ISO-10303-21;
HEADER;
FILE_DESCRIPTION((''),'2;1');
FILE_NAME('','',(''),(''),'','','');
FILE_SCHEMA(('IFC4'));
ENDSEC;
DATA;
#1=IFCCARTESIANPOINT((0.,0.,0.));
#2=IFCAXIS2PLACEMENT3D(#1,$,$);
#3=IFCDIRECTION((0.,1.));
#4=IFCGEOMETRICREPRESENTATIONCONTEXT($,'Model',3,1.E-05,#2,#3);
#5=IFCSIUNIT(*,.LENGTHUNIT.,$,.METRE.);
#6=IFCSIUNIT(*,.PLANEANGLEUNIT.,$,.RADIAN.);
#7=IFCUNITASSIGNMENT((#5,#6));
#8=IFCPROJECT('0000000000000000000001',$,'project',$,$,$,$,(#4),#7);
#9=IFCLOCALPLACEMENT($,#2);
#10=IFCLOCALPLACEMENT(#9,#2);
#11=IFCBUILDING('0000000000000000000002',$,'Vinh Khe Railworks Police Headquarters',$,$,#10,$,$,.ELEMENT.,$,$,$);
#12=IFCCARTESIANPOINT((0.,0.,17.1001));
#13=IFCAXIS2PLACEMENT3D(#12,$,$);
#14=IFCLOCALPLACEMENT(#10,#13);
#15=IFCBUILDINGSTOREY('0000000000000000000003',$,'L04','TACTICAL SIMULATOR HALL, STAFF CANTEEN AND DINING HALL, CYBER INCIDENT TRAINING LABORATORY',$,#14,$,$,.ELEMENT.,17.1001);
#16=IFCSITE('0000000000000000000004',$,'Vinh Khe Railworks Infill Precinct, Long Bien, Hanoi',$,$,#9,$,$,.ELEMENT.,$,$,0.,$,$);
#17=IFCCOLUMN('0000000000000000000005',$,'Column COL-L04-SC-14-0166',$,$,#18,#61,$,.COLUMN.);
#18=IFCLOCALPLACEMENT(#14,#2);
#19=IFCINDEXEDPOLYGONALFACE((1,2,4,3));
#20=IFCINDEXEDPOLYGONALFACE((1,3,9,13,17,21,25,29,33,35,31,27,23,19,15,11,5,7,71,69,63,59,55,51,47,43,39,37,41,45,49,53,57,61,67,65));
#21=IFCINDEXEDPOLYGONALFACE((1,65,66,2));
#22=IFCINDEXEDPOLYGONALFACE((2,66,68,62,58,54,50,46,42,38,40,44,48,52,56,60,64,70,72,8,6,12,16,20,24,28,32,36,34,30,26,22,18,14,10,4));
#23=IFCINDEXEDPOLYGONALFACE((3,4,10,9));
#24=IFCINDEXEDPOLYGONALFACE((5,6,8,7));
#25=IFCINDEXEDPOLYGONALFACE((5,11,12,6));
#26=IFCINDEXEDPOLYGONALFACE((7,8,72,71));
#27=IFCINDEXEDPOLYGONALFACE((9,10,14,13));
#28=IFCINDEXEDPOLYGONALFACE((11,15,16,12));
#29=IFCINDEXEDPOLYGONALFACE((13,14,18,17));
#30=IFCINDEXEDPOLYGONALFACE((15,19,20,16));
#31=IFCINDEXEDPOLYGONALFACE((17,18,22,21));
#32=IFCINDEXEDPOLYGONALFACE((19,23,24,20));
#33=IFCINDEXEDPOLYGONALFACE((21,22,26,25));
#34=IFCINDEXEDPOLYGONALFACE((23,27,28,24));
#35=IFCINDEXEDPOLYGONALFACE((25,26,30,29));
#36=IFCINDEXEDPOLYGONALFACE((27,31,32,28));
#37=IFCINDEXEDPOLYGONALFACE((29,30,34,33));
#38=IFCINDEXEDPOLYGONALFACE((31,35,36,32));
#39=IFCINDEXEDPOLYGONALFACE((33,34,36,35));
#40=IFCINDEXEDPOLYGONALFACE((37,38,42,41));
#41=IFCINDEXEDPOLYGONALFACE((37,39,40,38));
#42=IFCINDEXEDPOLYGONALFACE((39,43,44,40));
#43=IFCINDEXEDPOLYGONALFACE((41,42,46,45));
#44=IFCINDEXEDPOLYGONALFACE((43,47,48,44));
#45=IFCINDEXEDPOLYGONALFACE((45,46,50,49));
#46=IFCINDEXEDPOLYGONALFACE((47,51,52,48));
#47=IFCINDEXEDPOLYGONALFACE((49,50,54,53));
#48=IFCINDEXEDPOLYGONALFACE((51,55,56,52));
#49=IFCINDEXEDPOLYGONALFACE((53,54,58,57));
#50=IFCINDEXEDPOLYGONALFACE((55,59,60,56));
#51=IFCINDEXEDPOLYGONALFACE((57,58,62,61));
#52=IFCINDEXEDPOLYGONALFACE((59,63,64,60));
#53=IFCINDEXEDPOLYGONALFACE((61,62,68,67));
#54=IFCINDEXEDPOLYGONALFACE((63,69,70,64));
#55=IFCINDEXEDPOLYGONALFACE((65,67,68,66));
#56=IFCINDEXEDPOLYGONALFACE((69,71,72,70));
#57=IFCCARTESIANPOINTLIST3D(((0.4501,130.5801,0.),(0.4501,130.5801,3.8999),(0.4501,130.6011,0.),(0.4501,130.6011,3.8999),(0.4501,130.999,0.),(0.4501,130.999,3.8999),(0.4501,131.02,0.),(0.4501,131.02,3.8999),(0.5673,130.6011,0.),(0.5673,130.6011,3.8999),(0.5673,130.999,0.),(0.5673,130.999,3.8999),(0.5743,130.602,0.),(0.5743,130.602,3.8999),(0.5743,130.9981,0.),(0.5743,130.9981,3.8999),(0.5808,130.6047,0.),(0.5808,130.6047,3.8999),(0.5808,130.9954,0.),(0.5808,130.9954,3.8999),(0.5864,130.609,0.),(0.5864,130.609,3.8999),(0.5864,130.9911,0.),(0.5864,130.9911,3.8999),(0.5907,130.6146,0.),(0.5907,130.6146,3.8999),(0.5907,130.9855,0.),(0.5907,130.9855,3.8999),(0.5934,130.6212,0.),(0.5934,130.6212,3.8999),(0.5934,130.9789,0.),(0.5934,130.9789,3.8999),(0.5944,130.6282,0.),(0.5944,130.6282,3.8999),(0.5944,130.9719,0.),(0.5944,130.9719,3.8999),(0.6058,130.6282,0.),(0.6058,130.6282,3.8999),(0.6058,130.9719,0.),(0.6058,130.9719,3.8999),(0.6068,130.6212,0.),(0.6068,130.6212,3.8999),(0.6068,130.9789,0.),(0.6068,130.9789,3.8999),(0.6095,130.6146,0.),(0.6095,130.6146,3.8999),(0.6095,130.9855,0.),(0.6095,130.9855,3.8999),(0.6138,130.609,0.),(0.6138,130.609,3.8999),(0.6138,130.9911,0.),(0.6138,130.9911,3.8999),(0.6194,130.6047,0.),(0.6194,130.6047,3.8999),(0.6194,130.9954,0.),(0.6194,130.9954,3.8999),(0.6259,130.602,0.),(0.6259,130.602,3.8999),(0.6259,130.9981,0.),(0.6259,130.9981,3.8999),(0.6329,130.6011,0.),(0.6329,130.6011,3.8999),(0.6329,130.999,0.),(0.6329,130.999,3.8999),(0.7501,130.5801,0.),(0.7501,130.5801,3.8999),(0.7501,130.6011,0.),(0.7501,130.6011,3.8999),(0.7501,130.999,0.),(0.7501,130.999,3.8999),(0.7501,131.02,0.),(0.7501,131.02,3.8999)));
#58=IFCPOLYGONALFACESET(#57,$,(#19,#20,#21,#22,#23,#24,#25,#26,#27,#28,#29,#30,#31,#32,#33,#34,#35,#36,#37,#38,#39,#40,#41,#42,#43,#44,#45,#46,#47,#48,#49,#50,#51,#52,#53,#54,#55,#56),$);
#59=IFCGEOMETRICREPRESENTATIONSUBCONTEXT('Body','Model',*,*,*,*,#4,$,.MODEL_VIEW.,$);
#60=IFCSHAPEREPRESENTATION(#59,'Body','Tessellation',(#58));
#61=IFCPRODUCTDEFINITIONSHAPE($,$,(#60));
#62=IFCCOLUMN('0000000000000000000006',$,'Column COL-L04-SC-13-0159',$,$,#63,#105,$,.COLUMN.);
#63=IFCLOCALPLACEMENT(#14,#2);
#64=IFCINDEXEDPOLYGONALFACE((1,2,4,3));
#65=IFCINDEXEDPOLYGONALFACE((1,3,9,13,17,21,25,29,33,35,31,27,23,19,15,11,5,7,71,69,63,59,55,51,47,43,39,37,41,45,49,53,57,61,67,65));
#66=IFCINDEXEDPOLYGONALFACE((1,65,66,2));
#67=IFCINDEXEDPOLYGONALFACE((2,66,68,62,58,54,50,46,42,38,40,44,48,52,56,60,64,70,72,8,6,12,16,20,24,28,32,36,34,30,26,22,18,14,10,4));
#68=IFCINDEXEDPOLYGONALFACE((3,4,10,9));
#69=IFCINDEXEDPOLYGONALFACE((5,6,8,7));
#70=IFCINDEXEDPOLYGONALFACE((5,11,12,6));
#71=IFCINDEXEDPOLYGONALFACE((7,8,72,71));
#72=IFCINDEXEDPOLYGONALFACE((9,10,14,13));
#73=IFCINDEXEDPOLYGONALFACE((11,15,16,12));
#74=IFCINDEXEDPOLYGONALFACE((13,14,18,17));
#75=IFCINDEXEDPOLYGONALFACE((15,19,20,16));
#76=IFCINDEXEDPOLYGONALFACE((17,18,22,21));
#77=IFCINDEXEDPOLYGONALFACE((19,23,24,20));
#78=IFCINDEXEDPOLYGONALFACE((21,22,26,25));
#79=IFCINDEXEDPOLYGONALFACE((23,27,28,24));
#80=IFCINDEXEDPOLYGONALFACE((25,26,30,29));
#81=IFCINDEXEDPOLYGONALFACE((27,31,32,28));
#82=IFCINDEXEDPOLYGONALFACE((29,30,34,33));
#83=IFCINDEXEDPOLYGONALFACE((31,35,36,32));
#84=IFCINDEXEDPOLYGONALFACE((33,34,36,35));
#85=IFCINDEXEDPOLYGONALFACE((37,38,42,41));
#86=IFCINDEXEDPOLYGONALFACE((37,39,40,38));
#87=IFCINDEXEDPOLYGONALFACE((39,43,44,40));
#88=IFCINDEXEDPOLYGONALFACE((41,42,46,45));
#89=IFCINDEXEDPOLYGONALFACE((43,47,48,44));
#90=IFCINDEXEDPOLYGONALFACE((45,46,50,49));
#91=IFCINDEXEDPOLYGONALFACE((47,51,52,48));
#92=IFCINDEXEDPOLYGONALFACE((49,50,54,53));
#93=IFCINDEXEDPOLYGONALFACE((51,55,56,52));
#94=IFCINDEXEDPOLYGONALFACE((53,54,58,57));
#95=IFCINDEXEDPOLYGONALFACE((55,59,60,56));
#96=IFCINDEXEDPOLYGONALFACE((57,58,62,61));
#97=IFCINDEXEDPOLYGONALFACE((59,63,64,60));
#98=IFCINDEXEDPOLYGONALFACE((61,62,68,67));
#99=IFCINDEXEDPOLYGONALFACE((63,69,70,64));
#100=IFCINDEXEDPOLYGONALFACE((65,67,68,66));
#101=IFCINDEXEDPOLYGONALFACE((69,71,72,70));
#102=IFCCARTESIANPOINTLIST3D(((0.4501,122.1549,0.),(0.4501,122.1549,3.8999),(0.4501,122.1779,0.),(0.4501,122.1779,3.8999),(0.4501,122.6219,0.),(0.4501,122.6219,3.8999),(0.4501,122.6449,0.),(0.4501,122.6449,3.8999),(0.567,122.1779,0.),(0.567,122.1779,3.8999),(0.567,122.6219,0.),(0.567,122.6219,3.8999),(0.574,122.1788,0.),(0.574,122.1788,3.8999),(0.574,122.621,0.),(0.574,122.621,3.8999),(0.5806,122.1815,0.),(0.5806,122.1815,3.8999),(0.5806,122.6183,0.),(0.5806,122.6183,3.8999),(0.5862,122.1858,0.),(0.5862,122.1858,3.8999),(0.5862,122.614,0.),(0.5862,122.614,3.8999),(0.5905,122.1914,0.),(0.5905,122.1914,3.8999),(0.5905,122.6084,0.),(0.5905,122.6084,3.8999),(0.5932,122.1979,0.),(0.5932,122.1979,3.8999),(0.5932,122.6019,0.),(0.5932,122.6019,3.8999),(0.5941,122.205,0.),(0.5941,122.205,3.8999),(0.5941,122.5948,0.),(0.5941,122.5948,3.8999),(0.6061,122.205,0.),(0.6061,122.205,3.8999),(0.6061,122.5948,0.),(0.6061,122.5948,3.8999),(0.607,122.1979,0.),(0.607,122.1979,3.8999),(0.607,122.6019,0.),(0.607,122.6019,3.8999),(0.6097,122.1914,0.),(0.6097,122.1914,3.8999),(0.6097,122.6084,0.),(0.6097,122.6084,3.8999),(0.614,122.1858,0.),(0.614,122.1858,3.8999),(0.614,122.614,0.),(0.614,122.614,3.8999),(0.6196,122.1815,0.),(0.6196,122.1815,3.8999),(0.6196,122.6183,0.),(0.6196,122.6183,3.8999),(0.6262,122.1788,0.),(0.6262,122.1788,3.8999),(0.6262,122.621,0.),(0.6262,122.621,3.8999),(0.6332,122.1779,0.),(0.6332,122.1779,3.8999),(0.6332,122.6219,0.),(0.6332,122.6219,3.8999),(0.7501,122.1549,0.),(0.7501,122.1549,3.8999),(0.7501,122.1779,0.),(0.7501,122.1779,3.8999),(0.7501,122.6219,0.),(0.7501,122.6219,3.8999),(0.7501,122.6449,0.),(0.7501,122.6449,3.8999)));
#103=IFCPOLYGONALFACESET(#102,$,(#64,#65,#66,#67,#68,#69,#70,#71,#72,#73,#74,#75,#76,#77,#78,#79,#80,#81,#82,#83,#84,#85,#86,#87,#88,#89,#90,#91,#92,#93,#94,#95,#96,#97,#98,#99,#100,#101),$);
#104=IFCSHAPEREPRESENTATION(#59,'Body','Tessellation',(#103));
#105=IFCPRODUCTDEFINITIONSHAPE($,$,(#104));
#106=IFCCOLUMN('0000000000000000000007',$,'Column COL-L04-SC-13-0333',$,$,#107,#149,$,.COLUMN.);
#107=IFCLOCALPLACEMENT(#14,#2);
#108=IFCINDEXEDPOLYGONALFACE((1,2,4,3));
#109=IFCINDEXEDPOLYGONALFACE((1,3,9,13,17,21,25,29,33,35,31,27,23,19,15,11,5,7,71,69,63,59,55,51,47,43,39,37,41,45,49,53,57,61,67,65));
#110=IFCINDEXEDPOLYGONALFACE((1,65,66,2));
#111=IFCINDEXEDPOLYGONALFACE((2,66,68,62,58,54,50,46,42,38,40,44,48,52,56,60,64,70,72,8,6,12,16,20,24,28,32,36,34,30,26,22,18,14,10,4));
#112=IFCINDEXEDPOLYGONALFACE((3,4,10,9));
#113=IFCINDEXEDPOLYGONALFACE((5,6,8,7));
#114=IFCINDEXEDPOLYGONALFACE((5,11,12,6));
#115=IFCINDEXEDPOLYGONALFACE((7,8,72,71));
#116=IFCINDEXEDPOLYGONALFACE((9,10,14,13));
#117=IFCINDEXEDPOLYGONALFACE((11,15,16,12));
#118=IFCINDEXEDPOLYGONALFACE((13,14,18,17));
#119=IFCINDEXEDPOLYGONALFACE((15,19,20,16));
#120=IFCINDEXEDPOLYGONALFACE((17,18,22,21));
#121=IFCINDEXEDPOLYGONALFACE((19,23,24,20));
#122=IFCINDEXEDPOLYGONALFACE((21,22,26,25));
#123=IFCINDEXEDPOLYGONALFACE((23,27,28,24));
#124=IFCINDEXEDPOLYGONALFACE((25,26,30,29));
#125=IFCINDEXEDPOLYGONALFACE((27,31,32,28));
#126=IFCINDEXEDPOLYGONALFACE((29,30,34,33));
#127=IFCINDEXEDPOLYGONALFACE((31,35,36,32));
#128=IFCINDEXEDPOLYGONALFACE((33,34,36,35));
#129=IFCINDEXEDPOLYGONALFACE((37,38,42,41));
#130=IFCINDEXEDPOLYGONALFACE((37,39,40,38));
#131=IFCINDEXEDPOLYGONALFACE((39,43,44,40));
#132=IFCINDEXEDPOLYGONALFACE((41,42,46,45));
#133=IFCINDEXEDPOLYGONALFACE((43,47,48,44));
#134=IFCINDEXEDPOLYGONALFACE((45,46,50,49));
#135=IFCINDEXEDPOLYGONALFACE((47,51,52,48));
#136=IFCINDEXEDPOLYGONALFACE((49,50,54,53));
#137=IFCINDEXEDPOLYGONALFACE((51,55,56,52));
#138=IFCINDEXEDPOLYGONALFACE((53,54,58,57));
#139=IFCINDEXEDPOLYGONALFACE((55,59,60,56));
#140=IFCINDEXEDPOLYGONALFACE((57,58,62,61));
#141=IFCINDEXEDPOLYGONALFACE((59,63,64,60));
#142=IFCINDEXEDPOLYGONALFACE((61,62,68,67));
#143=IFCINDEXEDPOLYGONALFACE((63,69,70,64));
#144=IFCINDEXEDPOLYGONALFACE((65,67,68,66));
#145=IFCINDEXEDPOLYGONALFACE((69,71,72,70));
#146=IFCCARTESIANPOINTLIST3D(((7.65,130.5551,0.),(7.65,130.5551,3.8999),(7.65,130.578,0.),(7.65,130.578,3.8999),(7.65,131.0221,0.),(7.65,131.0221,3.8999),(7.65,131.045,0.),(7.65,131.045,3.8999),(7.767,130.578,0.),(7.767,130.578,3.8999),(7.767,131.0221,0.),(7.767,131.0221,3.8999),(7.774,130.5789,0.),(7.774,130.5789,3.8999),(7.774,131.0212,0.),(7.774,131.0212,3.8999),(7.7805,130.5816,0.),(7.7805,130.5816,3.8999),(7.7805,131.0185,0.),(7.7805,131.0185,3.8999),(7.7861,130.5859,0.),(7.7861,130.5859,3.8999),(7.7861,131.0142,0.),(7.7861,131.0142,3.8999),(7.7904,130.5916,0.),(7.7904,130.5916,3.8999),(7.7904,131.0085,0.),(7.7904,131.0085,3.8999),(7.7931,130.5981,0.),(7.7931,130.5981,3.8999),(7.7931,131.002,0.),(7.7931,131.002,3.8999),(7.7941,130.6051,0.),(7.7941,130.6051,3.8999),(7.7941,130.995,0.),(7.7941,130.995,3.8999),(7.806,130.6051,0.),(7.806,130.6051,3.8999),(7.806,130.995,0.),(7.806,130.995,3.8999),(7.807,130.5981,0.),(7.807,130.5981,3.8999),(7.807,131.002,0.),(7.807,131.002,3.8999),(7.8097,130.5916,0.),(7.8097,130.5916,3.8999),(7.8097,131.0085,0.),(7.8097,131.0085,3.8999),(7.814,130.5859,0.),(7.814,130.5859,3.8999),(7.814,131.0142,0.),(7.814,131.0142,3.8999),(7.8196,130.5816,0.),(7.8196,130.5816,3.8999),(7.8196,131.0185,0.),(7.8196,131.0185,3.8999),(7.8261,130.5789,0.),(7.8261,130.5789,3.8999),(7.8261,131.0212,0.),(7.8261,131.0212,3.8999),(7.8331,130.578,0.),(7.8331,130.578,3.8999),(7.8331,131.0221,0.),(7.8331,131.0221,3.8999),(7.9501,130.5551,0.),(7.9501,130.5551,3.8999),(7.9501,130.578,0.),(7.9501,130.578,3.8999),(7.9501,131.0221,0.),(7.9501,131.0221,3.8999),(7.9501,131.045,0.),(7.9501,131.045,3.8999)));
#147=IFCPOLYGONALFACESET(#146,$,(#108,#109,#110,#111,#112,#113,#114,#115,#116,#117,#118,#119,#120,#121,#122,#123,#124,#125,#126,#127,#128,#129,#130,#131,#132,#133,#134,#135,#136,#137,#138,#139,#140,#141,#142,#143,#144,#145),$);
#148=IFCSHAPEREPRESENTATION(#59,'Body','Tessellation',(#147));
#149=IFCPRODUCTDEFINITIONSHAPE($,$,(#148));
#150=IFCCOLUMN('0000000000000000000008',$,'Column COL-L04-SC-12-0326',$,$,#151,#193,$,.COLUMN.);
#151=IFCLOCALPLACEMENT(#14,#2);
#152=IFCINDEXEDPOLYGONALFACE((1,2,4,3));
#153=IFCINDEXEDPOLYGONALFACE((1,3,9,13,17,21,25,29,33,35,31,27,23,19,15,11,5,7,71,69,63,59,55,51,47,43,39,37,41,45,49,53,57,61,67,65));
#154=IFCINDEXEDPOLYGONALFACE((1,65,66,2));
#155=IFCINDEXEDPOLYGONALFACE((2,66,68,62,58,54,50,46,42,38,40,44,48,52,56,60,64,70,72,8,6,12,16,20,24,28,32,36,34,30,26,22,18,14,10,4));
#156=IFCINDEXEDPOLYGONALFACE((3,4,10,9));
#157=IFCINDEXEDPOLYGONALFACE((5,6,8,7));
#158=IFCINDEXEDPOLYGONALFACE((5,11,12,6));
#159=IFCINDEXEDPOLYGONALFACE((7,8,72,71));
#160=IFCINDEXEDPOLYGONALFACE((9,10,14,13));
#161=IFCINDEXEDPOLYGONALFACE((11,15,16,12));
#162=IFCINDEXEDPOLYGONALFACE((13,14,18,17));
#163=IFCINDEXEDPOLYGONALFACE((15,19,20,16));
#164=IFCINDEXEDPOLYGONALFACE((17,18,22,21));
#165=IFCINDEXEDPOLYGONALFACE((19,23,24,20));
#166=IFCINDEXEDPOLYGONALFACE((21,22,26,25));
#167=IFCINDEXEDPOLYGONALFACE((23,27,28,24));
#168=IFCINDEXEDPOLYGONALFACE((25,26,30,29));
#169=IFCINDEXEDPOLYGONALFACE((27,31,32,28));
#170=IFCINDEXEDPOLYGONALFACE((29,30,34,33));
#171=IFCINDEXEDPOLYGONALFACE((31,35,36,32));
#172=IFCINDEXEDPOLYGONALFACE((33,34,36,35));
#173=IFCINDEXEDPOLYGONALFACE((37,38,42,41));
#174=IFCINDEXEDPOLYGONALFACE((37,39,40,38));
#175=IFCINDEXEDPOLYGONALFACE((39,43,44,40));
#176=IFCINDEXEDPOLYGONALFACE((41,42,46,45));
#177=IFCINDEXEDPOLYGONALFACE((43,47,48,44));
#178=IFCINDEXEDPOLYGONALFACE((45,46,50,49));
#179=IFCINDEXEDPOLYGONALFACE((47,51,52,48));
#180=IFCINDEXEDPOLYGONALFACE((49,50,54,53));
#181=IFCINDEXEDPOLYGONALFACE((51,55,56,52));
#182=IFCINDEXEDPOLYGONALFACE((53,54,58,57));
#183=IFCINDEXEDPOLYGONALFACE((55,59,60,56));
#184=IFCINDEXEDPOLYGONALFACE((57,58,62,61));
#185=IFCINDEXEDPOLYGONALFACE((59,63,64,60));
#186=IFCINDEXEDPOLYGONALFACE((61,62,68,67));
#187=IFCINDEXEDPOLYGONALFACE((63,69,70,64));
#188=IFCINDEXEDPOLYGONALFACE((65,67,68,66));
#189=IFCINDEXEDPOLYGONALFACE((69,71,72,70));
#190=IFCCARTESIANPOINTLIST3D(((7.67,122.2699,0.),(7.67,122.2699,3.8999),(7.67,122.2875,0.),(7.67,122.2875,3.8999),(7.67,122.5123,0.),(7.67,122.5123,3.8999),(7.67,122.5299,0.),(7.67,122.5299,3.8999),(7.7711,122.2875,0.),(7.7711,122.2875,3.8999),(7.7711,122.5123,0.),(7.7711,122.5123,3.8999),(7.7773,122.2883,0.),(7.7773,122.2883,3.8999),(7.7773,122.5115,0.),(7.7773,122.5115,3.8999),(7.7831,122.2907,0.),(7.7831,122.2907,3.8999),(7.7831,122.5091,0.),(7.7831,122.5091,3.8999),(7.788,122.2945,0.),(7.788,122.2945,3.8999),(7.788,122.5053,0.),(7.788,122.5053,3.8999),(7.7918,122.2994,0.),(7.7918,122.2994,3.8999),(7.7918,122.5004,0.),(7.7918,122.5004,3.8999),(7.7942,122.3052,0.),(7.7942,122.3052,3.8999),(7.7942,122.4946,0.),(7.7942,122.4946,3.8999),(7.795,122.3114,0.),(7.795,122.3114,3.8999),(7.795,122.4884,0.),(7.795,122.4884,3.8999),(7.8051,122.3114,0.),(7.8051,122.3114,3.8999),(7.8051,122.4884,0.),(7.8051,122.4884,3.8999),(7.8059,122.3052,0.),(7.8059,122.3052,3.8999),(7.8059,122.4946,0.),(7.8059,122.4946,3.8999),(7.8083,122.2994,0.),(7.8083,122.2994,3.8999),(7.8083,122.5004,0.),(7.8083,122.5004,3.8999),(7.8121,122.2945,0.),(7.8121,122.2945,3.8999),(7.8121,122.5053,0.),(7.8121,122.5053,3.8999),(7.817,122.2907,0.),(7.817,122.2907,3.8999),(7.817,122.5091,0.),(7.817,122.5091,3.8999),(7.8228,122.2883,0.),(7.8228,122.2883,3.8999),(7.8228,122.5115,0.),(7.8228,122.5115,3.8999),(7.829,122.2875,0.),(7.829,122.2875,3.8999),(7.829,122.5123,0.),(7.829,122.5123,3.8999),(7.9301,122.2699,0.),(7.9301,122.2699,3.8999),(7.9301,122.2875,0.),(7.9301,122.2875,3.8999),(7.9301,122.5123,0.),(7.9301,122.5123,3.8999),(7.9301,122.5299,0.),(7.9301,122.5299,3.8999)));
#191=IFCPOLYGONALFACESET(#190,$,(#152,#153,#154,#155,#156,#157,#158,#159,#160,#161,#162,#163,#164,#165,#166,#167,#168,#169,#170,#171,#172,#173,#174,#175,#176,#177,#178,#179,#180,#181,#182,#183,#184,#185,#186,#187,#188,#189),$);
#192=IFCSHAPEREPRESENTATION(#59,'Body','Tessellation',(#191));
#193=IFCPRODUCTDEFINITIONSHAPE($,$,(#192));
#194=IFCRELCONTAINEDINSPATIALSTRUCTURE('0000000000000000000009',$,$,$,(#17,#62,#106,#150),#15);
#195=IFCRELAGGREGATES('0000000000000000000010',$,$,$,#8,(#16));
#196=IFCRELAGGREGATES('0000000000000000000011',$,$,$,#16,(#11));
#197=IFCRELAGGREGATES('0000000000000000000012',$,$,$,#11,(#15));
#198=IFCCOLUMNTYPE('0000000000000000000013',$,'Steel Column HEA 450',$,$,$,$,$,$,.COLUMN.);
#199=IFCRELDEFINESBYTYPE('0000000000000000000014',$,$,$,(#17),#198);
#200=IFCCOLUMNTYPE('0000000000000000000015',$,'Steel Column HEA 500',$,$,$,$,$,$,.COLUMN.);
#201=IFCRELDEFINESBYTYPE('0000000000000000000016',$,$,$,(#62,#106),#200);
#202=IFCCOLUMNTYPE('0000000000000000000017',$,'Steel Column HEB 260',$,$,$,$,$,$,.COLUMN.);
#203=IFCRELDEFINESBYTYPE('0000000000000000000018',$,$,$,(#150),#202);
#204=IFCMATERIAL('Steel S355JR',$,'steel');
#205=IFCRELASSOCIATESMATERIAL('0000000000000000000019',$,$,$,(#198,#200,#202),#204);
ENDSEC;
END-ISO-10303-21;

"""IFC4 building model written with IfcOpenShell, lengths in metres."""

from ifc_helpers import new_model, si_unit, direction, frame, origin, origin_2d, place, context, subcontext, project, spatial, i_section, extrude, material, material_profile, profile_set, type_object, element, save


model = new_model("IFC4")

# Units and contexts
model_context = context("Model", 3, precision=1e-05, world=origin(), true_north=direction((0.0, 1.0)))
body_context = subcontext(model_context, "Body", "Model", "MODEL_VIEW")
ifc_project = project(units=[si_unit("LENGTHUNIT", "METRE"), si_unit("PLANEANGLEUNIT", "RADIAN")], contexts=[model_context])

# Site, building, storey
site_placement = place(None, origin())
site = spatial("IfcSite", under=ifc_project, at=site_placement, Name="Vinh Khe Railworks Infill Precinct, Long Bien, Hanoi", CompositionType="ELEMENT", RefElevation=0.0)
building_placement = place(site_placement, origin())
building = spatial("IfcBuilding", under=site, at=building_placement, Name="Vinh Khe Railworks Police Headquarters", CompositionType="ELEMENT")
storey_placement = place(building_placement, frame((0.0, 0.0, 17.1001)))
storey = spatial("IfcBuildingStorey", under=building, at=storey_placement, Name="L04", Description="TACTICAL SIMULATOR HALL, STAFF CANTEEN AND DINING HALL, CYBER INCIDENT TRAINING LABORATORY", CompositionType="ELEMENT", Elevation=17.1001)

# Columns
ifc_material_1 = material(Name="Steel S355JR", Category="steel")
ifc_material_profile_1 = material_profile(ifc_material_1, i_section(OverallWidth=0.3, OverallDepth=0.4399, WebThickness=0.0115, FlangeThickness=0.021, FilletRadius=0.0271, at=origin_2d()), Name="HEA 450")
ifc_profile_set_1 = profile_set([ifc_material_profile_1], Name="Steel S355JR")
column_type_1 = type_object("IfcColumnType", Name="Steel Column HEA 450", PredefinedType="COLUMN", material=ifc_profile_set_1)
column_1_placement = place(storey_placement, frame((0.6001, 130.8, 0.0), z_axis=(0.0, 0.0, 1.0), x_axis=(1.0, 0.0, 0.0)))
element("IfcColumn", 1, at=column_1_placement, inside=storey, type_object=column_type_1, Name="Column COL-L04-SC-14-0166", PredefinedType="COLUMN", context=body_context, shape_type="SweptSolid", body=[
    extrude(i_section(OverallWidth=0.3, OverallDepth=0.4399, WebThickness=0.0115, FlangeThickness=0.021, FilletRadius=0.0271, at=origin_2d()), origin(), (0.0, 0.0, 1.0), 3.8999),
])
ifc_material_profile_2 = material_profile(ifc_material_1, i_section(OverallWidth=0.3, OverallDepth=0.49, WebThickness=0.012, FlangeThickness=0.0229, FilletRadius=0.0271, at=origin_2d()), Name="HEA 500")
ifc_profile_set_2 = profile_set([ifc_material_profile_2], Name="Steel S355JR")
column_type_2 = type_object("IfcColumnType", Name="Steel Column HEA 500", PredefinedType="COLUMN", material=ifc_profile_set_2)
for number, where, z_axis, x_axis, name in (
    (2, (0.6001, 122.3999, 0.0), (0.0, 0.0, 1.0), (1.0, 0.0, 0.0), "Column COL-L04-SC-13-0159"),
    (3, (7.8, 130.8, 0.0), (0.0, 0.0, 1.0), (1.0, 0.0, 0.0), "Column COL-L04-SC-13-0333"),
):
    element("IfcColumn", number, at=place(storey_placement, frame(where, z_axis=z_axis, x_axis=x_axis)), inside=storey, type_object=column_type_2, Name=name, PredefinedType="COLUMN", context=body_context, shape_type="SweptSolid", body=[
        extrude(i_section(OverallWidth=0.3, OverallDepth=0.49, WebThickness=0.012, FlangeThickness=0.0229, FilletRadius=0.0271, at=origin_2d()), origin(), (0.0, 0.0, 1.0), 3.8999),
    ])
ifc_material_profile_3 = material_profile(ifc_material_1, i_section(OverallWidth=0.26, OverallDepth=0.26, WebThickness=0.01, FlangeThickness=0.0176, FilletRadius=0.0239, at=origin_2d()), Name="HEB 260")
ifc_profile_set_3 = profile_set([ifc_material_profile_3], Name="Steel S355JR")
column_type_3 = type_object("IfcColumnType", Name="Steel Column HEB 260", PredefinedType="COLUMN", material=ifc_profile_set_3)
column_2_placement = place(storey_placement, frame((7.8, 122.3999, 0.0), z_axis=(0.0, 0.0, 1.0), x_axis=(1.0, 0.0, 0.0)))
element("IfcColumn", 4, at=column_2_placement, inside=storey, type_object=column_type_3, Name="Column COL-L04-SC-12-0326", PredefinedType="COLUMN", context=body_context, shape_type="SweptSolid", body=[
    extrude(i_section(OverallWidth=0.26, OverallDepth=0.26, WebThickness=0.01, FlangeThickness=0.0176, FilletRadius=0.0239, at=origin_2d()), origin(), (0.0, 0.0, 1.0), 3.8999),
])

save(model, "model.ifc")
